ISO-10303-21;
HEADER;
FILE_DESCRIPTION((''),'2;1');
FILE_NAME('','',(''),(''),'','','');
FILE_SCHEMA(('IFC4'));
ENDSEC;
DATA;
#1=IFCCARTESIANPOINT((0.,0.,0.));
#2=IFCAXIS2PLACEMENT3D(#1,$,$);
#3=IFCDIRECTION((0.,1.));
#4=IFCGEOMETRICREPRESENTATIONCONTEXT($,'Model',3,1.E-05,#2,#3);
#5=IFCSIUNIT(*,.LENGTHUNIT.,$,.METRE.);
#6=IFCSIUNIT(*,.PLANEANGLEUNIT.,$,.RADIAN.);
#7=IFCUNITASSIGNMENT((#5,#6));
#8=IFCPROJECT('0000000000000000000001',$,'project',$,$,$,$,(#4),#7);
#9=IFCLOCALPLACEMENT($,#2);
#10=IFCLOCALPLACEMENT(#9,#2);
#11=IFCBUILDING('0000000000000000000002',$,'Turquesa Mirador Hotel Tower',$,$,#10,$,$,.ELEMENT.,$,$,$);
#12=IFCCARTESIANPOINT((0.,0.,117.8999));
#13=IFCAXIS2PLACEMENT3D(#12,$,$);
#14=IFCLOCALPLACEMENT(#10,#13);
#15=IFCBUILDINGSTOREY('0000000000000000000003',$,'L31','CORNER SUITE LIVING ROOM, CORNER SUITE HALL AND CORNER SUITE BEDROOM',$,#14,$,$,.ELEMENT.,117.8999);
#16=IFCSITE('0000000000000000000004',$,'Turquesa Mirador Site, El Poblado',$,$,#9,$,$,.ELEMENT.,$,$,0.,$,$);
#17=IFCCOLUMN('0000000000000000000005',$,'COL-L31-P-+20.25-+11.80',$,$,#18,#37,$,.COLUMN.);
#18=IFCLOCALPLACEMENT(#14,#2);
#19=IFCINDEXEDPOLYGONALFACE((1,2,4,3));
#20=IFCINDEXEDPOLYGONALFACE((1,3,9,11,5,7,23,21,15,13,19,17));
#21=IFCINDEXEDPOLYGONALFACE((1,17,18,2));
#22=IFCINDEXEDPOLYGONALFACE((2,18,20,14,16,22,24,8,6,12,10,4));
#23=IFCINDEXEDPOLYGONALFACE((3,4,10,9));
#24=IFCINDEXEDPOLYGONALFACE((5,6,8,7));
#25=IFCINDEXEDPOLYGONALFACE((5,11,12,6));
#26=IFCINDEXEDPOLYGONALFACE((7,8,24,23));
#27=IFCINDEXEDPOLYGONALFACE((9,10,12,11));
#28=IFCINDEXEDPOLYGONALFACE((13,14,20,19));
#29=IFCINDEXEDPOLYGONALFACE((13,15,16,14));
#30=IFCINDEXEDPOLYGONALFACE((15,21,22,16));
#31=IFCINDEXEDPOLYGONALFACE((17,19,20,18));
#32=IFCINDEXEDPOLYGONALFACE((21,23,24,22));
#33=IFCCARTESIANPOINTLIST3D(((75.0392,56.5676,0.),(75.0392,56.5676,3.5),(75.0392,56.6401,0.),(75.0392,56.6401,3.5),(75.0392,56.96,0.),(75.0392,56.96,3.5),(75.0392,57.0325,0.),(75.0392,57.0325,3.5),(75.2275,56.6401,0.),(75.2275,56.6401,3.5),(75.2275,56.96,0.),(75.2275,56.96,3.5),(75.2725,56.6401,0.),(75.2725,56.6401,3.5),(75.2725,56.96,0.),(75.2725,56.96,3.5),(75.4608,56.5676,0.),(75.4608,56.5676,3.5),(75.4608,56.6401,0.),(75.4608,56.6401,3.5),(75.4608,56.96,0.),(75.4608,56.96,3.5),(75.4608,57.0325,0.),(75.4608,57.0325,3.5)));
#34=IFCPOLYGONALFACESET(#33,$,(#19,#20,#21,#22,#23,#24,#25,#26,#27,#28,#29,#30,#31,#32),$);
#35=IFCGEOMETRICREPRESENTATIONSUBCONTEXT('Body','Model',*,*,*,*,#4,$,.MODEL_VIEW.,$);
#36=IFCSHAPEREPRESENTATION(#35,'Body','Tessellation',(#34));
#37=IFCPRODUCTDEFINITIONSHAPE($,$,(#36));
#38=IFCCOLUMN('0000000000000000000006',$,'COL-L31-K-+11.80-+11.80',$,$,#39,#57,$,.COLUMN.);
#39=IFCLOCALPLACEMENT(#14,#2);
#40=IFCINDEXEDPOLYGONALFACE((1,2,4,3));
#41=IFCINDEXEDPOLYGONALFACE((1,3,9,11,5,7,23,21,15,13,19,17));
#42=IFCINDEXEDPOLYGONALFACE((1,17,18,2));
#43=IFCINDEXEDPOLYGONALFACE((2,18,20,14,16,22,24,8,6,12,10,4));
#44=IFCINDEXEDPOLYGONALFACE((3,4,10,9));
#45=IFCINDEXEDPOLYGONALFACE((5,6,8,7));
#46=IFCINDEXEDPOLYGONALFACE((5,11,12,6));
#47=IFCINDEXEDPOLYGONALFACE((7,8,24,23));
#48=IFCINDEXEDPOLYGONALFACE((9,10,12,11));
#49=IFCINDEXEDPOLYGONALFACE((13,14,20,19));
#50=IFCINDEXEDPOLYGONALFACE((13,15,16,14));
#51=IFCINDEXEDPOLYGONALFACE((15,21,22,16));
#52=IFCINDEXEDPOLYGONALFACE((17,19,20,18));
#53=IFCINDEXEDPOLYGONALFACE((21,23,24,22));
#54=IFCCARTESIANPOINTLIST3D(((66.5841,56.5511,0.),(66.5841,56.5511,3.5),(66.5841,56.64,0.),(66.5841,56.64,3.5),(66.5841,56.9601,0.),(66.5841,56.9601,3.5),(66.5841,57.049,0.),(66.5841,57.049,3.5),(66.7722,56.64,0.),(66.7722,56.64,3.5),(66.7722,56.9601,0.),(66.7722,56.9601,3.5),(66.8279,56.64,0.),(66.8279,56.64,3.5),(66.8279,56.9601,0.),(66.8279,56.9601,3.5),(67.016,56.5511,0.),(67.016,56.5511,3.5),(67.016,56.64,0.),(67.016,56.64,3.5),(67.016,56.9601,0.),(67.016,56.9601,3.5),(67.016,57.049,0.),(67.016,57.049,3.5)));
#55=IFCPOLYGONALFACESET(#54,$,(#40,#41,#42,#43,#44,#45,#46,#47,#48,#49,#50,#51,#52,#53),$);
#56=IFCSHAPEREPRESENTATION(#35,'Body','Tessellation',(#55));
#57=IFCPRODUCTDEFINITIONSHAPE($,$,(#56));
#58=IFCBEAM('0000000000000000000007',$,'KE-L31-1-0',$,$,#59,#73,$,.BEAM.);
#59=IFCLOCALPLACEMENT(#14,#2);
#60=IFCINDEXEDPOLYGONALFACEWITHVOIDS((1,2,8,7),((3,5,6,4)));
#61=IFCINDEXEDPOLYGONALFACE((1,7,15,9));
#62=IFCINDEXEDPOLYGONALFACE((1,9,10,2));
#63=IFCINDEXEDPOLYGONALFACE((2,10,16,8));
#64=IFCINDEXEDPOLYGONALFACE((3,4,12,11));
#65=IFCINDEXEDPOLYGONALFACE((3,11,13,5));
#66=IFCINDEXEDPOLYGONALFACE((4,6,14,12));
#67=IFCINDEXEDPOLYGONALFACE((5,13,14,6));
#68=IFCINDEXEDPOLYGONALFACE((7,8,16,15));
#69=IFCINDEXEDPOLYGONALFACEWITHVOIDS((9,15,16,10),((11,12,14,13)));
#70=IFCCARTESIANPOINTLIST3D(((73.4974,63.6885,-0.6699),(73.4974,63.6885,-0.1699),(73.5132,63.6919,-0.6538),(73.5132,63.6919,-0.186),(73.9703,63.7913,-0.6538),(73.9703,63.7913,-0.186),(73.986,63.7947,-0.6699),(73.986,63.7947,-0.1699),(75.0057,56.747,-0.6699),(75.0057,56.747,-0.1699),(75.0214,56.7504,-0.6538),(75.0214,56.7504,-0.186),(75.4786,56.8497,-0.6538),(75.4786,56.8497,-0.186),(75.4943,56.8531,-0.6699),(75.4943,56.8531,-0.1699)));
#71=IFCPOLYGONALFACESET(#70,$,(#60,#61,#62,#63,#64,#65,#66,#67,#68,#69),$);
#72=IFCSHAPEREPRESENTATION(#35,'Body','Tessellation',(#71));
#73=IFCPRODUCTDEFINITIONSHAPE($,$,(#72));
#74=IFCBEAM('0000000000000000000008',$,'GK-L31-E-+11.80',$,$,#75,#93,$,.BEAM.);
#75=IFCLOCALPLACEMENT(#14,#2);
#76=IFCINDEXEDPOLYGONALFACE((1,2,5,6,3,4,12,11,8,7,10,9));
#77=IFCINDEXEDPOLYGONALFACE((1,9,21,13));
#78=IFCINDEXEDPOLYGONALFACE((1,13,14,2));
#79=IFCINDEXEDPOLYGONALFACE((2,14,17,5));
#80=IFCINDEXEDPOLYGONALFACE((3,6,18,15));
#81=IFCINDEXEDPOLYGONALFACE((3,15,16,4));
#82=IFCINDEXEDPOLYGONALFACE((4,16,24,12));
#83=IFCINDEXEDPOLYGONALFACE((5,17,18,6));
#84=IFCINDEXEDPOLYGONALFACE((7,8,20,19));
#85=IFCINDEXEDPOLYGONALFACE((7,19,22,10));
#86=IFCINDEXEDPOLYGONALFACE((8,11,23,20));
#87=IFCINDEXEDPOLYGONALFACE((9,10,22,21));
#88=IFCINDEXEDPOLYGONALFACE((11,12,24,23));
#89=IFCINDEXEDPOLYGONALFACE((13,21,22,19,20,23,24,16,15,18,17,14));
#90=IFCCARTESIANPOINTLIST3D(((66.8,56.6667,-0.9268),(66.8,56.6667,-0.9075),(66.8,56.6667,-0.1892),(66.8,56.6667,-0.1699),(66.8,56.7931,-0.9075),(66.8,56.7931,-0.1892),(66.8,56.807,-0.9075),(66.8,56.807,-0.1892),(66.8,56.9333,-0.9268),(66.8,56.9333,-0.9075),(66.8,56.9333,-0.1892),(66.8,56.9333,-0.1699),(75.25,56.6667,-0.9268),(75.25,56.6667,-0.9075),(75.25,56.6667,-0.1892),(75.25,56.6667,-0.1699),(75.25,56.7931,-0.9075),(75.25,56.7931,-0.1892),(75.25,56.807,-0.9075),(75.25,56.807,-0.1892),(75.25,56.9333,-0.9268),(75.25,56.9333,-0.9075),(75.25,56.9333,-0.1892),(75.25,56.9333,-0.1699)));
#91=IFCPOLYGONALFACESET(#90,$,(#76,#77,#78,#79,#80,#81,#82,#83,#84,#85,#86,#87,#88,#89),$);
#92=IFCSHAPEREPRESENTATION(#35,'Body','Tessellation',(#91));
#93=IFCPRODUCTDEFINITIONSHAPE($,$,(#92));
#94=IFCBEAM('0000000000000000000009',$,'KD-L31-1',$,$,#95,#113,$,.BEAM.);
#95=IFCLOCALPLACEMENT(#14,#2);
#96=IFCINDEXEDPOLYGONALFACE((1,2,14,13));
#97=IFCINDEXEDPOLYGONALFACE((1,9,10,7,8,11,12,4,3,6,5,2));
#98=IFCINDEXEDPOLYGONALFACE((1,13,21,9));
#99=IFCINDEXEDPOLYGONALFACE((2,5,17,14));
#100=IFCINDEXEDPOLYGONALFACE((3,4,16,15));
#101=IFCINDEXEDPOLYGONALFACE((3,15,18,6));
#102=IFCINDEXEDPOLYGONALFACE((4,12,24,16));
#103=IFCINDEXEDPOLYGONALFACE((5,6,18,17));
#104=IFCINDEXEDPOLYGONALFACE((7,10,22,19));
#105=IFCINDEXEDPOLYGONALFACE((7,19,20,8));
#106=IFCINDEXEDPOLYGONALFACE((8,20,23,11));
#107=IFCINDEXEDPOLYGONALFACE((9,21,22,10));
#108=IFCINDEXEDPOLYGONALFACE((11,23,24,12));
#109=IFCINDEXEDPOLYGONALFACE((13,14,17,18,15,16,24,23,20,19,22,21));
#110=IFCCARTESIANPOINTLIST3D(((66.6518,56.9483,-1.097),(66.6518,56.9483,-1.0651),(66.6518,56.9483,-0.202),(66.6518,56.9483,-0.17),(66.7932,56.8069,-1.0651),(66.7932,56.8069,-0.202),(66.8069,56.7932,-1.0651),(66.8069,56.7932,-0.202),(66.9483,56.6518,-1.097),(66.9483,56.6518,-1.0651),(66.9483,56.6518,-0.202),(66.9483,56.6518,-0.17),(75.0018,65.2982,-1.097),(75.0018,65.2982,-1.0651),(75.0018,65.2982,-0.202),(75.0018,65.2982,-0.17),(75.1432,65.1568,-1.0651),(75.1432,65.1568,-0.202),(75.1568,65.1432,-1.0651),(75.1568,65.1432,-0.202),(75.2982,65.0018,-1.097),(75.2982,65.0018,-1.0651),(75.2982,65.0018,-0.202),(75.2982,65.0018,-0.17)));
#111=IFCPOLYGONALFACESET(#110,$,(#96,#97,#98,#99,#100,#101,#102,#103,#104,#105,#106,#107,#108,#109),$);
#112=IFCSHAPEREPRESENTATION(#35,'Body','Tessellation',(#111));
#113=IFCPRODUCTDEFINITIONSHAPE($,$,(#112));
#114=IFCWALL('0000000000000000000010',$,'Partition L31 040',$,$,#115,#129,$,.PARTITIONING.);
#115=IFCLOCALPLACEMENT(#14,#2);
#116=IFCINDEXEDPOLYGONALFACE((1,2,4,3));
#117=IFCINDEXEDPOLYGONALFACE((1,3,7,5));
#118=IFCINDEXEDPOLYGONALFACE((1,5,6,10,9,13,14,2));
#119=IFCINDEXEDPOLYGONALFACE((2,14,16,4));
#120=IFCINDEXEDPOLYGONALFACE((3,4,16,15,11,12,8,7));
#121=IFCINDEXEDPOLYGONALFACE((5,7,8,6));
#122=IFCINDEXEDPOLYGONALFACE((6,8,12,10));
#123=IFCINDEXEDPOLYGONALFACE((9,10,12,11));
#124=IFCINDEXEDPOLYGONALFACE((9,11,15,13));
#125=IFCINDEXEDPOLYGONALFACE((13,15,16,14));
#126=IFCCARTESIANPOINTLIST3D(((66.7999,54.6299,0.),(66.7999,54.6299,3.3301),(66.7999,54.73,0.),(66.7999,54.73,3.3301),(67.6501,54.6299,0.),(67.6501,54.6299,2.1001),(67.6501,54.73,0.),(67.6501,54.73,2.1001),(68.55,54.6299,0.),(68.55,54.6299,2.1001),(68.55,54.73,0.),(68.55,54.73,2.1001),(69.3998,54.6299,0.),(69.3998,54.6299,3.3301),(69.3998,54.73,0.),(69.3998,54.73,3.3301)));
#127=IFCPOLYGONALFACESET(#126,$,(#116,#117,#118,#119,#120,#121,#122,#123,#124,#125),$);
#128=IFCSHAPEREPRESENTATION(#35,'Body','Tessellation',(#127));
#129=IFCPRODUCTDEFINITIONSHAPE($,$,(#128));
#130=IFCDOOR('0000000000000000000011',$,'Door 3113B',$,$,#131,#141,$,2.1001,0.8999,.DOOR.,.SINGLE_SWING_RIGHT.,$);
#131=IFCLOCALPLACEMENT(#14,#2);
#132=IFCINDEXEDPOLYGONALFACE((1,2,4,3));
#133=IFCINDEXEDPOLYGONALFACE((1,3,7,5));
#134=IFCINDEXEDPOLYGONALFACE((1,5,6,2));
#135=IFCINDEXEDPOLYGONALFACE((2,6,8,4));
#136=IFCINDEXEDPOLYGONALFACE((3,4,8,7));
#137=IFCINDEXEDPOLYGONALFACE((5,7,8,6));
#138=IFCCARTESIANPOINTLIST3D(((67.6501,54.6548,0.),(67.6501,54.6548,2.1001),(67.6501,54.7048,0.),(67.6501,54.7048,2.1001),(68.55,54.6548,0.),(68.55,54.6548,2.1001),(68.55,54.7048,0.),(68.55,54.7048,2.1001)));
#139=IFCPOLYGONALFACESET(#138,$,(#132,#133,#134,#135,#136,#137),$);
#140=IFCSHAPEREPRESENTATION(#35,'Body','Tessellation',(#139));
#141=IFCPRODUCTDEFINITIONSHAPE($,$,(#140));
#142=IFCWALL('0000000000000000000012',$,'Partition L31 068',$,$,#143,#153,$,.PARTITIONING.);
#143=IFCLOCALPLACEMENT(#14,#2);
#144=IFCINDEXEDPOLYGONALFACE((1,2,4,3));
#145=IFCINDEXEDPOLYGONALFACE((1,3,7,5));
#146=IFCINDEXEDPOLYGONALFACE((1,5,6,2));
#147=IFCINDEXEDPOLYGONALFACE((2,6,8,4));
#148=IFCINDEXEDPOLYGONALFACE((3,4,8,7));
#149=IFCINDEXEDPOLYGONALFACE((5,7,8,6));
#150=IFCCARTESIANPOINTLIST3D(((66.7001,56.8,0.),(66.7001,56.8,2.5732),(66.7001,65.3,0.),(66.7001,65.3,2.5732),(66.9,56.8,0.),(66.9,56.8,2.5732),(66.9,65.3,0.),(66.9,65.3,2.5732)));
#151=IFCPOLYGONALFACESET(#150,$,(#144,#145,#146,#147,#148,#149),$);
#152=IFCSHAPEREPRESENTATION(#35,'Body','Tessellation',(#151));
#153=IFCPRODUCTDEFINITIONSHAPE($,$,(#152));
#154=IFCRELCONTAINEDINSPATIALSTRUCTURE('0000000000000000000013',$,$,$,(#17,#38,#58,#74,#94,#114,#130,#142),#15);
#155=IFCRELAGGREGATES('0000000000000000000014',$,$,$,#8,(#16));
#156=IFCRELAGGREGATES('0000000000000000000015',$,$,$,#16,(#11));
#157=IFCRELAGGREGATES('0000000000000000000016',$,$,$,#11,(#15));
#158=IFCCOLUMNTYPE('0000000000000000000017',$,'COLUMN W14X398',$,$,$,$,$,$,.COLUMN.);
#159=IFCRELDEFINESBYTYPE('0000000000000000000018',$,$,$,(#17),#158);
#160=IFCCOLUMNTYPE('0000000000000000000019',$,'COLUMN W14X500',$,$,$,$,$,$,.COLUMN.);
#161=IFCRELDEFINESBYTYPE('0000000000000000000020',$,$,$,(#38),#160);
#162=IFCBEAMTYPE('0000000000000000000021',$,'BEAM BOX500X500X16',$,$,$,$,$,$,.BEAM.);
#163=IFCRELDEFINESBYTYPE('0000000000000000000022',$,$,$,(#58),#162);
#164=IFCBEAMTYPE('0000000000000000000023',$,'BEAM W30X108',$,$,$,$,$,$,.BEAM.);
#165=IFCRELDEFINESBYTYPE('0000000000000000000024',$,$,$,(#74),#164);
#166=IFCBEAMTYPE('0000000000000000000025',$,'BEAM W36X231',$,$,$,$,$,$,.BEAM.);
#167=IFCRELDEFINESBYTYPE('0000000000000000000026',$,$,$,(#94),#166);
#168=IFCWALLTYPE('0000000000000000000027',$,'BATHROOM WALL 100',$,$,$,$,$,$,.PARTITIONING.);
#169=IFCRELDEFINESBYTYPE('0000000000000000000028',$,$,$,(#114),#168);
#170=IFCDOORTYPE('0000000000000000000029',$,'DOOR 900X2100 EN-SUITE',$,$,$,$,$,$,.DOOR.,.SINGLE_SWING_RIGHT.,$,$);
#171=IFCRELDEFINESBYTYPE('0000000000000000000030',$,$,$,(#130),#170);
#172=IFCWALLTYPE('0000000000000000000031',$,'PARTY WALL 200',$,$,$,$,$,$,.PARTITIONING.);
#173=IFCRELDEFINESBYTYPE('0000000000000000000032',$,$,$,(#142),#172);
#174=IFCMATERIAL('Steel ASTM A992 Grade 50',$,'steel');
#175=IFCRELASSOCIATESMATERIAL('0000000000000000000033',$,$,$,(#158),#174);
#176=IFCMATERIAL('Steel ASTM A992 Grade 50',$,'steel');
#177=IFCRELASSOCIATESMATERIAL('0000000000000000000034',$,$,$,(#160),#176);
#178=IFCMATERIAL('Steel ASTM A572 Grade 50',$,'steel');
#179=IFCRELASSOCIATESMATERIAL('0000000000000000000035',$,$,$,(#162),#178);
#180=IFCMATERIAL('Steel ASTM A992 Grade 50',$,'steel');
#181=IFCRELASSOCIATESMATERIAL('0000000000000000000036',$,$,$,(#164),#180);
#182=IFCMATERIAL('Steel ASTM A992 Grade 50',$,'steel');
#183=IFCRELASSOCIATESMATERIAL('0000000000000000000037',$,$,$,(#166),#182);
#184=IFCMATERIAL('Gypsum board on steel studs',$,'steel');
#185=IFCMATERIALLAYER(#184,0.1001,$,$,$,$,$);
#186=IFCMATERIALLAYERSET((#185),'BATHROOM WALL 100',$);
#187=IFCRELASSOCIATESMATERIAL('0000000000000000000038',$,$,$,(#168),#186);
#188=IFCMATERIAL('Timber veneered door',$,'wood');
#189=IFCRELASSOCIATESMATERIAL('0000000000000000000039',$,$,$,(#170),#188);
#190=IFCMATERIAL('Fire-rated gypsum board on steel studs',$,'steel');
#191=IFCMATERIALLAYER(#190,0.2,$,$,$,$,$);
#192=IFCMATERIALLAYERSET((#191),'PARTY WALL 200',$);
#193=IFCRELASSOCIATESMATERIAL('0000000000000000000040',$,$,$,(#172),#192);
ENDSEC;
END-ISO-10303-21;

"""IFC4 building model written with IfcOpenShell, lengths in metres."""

from ifc_helpers import new_model, si_unit, direction, frame, frame_2d, origin, origin_2d, place, context, subcontext, project, spatial, rectangle, hollow_rectangle, i_section, extrude, material, layer, layer_set, material_profile, profile_set, type_object, element, fill, save


model = new_model("IFC4")

# Units and contexts
model_context = context("Model", 3, precision=1e-05, world=origin(), true_north=direction((0.0, 1.0)))
body_context = subcontext(model_context, "Body", "Model", "MODEL_VIEW")
ifc_project = project(units=[si_unit("LENGTHUNIT", "METRE"), si_unit("PLANEANGLEUNIT", "RADIAN")], contexts=[model_context])

# Site, building, storey
site_placement = place(None, origin())
site = spatial("IfcSite", under=ifc_project, at=site_placement, Name="Turquesa Mirador Site, El Poblado", CompositionType="ELEMENT", RefElevation=0.0)
building_placement = place(site_placement, origin())
building = spatial("IfcBuilding", under=site, at=building_placement, Name="Turquesa Mirador Hotel Tower", CompositionType="ELEMENT")
storey_placement = place(building_placement, frame((0.0, 0.0, 117.8999)))
storey = spatial("IfcBuildingStorey", under=building, at=storey_placement, Name="L31", Description="CORNER SUITE LIVING ROOM, CORNER SUITE HALL AND CORNER SUITE BEDROOM", CompositionType="ELEMENT", Elevation=117.8999)

# Columns
ifc_material_1 = material(Name="Steel ASTM A992 Grade 50", Category="steel")
ifc_material_profile_1 = material_profile(ifc_material_1, i_section(OverallWidth=0.4216, OverallDepth=0.4648, WebThickness=0.0449, FlangeThickness=0.0725, at=origin_2d()), Name="W14X398")
ifc_profile_set_1 = profile_set([ifc_material_profile_1], Name="Steel ASTM A992 Grade 50")
column_type_1 = type_object("IfcColumnType", Name="COLUMN W14X398", PredefinedType="COLUMN", material=ifc_profile_set_1)
column_1_placement = place(storey_placement, frame((75.25, 56.8, 0.0), z_axis=(0.0, 0.0, 1.0), x_axis=(1.0, 0.0, 0.0)))
element("IfcColumn", 1, at=column_1_placement, inside=storey, type_object=column_type_1, Name="COL-L31-P-+20.25-+11.80", PredefinedType="COLUMN", context=body_context, shape_type="SweptSolid", body=[
    extrude(i_section(OverallWidth=0.4216, OverallDepth=0.4648, WebThickness=0.0449, FlangeThickness=0.0725, at=origin_2d()), origin(), (0.0, 0.0, 1.0), 3.5),
])
ifc_material_2 = material(Name="Steel ASTM A992 Grade 50", Category="steel")
ifc_material_profile_2 = material_profile(ifc_material_2, i_section(OverallWidth=0.4319, OverallDepth=0.4978, WebThickness=0.0557, FlangeThickness=0.0889, at=origin_2d()), Name="W14X500")
ifc_profile_set_2 = profile_set([ifc_material_profile_2], Name="Steel ASTM A992 Grade 50")
column_type_2 = type_object("IfcColumnType", Name="COLUMN W14X500", PredefinedType="COLUMN", material=ifc_profile_set_2)
column_2_placement = place(storey_placement, frame((66.8, 56.8, 0.0), z_axis=(0.0, 0.0, 1.0), x_axis=(1.0, 0.0, 0.0)))
element("IfcColumn", 2, at=column_2_placement, inside=storey, type_object=column_type_2, Name="COL-L31-K-+11.80-+11.80", PredefinedType="COLUMN", context=body_context, shape_type="SweptSolid", body=[
    extrude(i_section(OverallWidth=0.4319, OverallDepth=0.4978, WebThickness=0.0557, FlangeThickness=0.0889, at=origin_2d()), origin(), (0.0, 0.0, 1.0), 3.5),
])

# Beams
ifc_material_3 = material(Name="Steel ASTM A572 Grade 50", Category="steel")
ifc_material_profile_3 = material_profile(ifc_material_3, hollow_rectangle(XDim=0.5, YDim=0.5, WallThickness=0.0161, at=origin_2d()), Name="BOX500X500X16")
ifc_profile_set_3 = profile_set([ifc_material_profile_3], Name="Steel ASTM A572 Grade 50")
beam_type_1 = type_object("IfcBeamType", Name="BEAM BOX500X500X16", PredefinedType="BEAM", material=ifc_profile_set_3)
beam_1_placement = place(storey_placement, frame((75.25, 56.8, -0.4199), z_axis=(-0.212328, 0.977198, 0.0), x_axis=(-0.977198, -0.212328, 0.0)))
element("IfcBeam", 3, at=beam_1_placement, inside=storey, type_object=beam_type_1, Name="KE-L31-1-0", PredefinedType="BEAM", context=body_context, shape_type="SweptSolid", body=[
    extrude(hollow_rectangle(XDim=0.5, YDim=0.5, WallThickness=0.0161, at=origin_2d()), origin(), (0.0, 0.0, 1.0), 7.1035),
])
ifc_material_4 = material(Name="Steel ASTM A992 Grade 50", Category="steel")
ifc_material_profile_4 = material_profile(ifc_material_4, i_section(OverallWidth=0.2666, OverallDepth=0.7568, WebThickness=0.0139, FlangeThickness=0.0193, at=origin_2d()), Name="W30X108")
ifc_profile_set_4 = profile_set([ifc_material_profile_4], Name="Steel ASTM A992 Grade 50")
beam_type_2 = type_object("IfcBeamType", Name="BEAM W30X108", PredefinedType="BEAM", material=ifc_profile_set_4)
beam_2_placement = place(storey_placement, frame((75.25, 56.8, -0.5483), z_axis=(-1.0, 0.0, 0.0), x_axis=(0.0, -1.0, 0.0)))
element("IfcBeam", 4, at=beam_2_placement, inside=storey, type_object=beam_type_2, Name="GK-L31-E-+11.80", PredefinedType="BEAM", context=body_context, shape_type="SweptSolid", body=[
    extrude(i_section(OverallWidth=0.2666, OverallDepth=0.7568, WebThickness=0.0139, FlangeThickness=0.0193, at=origin_2d()), origin(), (0.0, 0.0, 1.0), 8.45),
])
ifc_material_5 = material(Name="Steel ASTM A992 Grade 50", Category="steel")
ifc_material_profile_5 = material_profile(ifc_material_5, i_section(OverallWidth=0.4192, OverallDepth=0.927, WebThickness=0.0193, FlangeThickness=0.032, at=origin_2d()), Name="W36X231")
ifc_profile_set_5 = profile_set([ifc_material_profile_5], Name="Steel ASTM A992 Grade 50")
beam_type_3 = type_object("IfcBeamType", Name="BEAM W36X231", PredefinedType="BEAM", material=ifc_profile_set_5)
beam_3_placement = place(storey_placement, frame((66.8, 56.8, -0.6335), z_axis=(0.707107, 0.707107, 0.0), x_axis=(-0.707107, 0.707107, 0.0)))
element("IfcBeam", 5, at=beam_3_placement, inside=storey, type_object=beam_type_3, Name="KD-L31-1", PredefinedType="BEAM", context=body_context, shape_type="SweptSolid", body=[
    extrude(i_section(OverallWidth=0.4192, OverallDepth=0.927, WebThickness=0.0193, FlangeThickness=0.032, at=origin_2d()), origin(), (0.0, 0.0, 1.0), 11.8086),
])

# Wall, opening, door
ifc_material_6 = material(Name="Gypsum board on steel studs", Category="steel")
ifc_layer_1 = layer(ifc_material_6, 0.1001)
ifc_layer_set_1 = layer_set([ifc_layer_1], Name="BATHROOM WALL 100")
wall_type_1 = type_object("IfcWallType", Name="BATHROOM WALL 100", PredefinedType="PARTITIONING", material=ifc_layer_set_1)
wall_1_placement = place(storey_placement, frame((66.8, 54.6799, 0.0), z_axis=(0.0, 0.0, 1.0), x_axis=(1.0, 0.0, 0.0)))
wall_1 = element("IfcWall", 6, at=wall_1_placement, inside=storey, type_object=wall_type_1, Name="Partition L31 040", PredefinedType="PARTITIONING", context=body_context, shape_type="SweptSolid", body=[
    extrude(rectangle(XDim=2.5999, YDim=0.1001, at=frame_2d((1.2998, 0.0))), origin(), (0.0, 0.0, 1.0), 3.3301),
])
opening_1_placement = place(wall_1_placement, frame((0.8501, 0.0, 0.0)))
opening_1 = element("IfcOpeningElement", 7, at=opening_1_placement, cuts=wall_1, PredefinedType="OPENING", context=body_context, shape_type="SweptSolid", body=[
    extrude(rectangle(XDim=0.8999, YDim=2.1001, at=frame_2d((0.45, 1.05))), frame((0.0, 0.0601, 0.0), z_axis=(0.0, -1.0, 0.0), x_axis=(1.0, 0.0, 0.0)), (0.0, 0.0, 1.0), 0.1201),
])
ifc_material_7 = material(Name="Timber veneered door", Category="wood")
door_type_1 = type_object("IfcDoorType", Name="DOOR 900X2100 EN-SUITE", OperationType="SINGLE_SWING_RIGHT", PredefinedType="DOOR", material=ifc_material_7)
door_1_placement = place(opening_1_placement, origin())
door_1 = element("IfcDoor", 8, at=door_1_placement, inside=storey, type_object=door_type_1, Name="Door 3113B", OperationType="SINGLE_SWING_RIGHT", OverallHeight=2.1001, OverallWidth=0.8999, PredefinedType="DOOR", context=body_context, shape_type="SweptSolid", body=[
    extrude(rectangle(XDim=0.8999, YDim=2.1001, at=frame_2d((0.45, 1.05))), frame((0.0, 0.0249, 0.0), z_axis=(0.0, -1.0, 0.0), x_axis=(1.0, 0.0, 0.0)), (0.0, 0.0, 1.0), 0.05),
])
fill(opening_1, door_1)

# Wall
ifc_material_8 = material(Name="Fire-rated gypsum board on steel studs", Category="steel")
ifc_layer_2 = layer(ifc_material_8, 0.2)
ifc_layer_set_2 = layer_set([ifc_layer_2], Name="PARTY WALL 200")
wall_type_2 = type_object("IfcWallType", Name="PARTY WALL 200", PredefinedType="PARTITIONING", material=ifc_layer_set_2)
wall_2_placement = place(storey_placement, frame((66.8, 56.8, 0.0), z_axis=(0.0, 0.0, 1.0), x_axis=(0.0, 1.0, 0.0)))
element("IfcWall", 9, at=wall_2_placement, inside=storey, type_object=wall_type_2, Name="Partition L31 068", PredefinedType="PARTITIONING", context=body_context, shape_type="SweptSolid", body=[
    extrude(rectangle(XDim=8.5, YDim=0.2, at=frame_2d((4.25, 0.0))), origin(), (0.0, 0.0, 1.0), 2.5732),
])

save(model, "model.ifc")
